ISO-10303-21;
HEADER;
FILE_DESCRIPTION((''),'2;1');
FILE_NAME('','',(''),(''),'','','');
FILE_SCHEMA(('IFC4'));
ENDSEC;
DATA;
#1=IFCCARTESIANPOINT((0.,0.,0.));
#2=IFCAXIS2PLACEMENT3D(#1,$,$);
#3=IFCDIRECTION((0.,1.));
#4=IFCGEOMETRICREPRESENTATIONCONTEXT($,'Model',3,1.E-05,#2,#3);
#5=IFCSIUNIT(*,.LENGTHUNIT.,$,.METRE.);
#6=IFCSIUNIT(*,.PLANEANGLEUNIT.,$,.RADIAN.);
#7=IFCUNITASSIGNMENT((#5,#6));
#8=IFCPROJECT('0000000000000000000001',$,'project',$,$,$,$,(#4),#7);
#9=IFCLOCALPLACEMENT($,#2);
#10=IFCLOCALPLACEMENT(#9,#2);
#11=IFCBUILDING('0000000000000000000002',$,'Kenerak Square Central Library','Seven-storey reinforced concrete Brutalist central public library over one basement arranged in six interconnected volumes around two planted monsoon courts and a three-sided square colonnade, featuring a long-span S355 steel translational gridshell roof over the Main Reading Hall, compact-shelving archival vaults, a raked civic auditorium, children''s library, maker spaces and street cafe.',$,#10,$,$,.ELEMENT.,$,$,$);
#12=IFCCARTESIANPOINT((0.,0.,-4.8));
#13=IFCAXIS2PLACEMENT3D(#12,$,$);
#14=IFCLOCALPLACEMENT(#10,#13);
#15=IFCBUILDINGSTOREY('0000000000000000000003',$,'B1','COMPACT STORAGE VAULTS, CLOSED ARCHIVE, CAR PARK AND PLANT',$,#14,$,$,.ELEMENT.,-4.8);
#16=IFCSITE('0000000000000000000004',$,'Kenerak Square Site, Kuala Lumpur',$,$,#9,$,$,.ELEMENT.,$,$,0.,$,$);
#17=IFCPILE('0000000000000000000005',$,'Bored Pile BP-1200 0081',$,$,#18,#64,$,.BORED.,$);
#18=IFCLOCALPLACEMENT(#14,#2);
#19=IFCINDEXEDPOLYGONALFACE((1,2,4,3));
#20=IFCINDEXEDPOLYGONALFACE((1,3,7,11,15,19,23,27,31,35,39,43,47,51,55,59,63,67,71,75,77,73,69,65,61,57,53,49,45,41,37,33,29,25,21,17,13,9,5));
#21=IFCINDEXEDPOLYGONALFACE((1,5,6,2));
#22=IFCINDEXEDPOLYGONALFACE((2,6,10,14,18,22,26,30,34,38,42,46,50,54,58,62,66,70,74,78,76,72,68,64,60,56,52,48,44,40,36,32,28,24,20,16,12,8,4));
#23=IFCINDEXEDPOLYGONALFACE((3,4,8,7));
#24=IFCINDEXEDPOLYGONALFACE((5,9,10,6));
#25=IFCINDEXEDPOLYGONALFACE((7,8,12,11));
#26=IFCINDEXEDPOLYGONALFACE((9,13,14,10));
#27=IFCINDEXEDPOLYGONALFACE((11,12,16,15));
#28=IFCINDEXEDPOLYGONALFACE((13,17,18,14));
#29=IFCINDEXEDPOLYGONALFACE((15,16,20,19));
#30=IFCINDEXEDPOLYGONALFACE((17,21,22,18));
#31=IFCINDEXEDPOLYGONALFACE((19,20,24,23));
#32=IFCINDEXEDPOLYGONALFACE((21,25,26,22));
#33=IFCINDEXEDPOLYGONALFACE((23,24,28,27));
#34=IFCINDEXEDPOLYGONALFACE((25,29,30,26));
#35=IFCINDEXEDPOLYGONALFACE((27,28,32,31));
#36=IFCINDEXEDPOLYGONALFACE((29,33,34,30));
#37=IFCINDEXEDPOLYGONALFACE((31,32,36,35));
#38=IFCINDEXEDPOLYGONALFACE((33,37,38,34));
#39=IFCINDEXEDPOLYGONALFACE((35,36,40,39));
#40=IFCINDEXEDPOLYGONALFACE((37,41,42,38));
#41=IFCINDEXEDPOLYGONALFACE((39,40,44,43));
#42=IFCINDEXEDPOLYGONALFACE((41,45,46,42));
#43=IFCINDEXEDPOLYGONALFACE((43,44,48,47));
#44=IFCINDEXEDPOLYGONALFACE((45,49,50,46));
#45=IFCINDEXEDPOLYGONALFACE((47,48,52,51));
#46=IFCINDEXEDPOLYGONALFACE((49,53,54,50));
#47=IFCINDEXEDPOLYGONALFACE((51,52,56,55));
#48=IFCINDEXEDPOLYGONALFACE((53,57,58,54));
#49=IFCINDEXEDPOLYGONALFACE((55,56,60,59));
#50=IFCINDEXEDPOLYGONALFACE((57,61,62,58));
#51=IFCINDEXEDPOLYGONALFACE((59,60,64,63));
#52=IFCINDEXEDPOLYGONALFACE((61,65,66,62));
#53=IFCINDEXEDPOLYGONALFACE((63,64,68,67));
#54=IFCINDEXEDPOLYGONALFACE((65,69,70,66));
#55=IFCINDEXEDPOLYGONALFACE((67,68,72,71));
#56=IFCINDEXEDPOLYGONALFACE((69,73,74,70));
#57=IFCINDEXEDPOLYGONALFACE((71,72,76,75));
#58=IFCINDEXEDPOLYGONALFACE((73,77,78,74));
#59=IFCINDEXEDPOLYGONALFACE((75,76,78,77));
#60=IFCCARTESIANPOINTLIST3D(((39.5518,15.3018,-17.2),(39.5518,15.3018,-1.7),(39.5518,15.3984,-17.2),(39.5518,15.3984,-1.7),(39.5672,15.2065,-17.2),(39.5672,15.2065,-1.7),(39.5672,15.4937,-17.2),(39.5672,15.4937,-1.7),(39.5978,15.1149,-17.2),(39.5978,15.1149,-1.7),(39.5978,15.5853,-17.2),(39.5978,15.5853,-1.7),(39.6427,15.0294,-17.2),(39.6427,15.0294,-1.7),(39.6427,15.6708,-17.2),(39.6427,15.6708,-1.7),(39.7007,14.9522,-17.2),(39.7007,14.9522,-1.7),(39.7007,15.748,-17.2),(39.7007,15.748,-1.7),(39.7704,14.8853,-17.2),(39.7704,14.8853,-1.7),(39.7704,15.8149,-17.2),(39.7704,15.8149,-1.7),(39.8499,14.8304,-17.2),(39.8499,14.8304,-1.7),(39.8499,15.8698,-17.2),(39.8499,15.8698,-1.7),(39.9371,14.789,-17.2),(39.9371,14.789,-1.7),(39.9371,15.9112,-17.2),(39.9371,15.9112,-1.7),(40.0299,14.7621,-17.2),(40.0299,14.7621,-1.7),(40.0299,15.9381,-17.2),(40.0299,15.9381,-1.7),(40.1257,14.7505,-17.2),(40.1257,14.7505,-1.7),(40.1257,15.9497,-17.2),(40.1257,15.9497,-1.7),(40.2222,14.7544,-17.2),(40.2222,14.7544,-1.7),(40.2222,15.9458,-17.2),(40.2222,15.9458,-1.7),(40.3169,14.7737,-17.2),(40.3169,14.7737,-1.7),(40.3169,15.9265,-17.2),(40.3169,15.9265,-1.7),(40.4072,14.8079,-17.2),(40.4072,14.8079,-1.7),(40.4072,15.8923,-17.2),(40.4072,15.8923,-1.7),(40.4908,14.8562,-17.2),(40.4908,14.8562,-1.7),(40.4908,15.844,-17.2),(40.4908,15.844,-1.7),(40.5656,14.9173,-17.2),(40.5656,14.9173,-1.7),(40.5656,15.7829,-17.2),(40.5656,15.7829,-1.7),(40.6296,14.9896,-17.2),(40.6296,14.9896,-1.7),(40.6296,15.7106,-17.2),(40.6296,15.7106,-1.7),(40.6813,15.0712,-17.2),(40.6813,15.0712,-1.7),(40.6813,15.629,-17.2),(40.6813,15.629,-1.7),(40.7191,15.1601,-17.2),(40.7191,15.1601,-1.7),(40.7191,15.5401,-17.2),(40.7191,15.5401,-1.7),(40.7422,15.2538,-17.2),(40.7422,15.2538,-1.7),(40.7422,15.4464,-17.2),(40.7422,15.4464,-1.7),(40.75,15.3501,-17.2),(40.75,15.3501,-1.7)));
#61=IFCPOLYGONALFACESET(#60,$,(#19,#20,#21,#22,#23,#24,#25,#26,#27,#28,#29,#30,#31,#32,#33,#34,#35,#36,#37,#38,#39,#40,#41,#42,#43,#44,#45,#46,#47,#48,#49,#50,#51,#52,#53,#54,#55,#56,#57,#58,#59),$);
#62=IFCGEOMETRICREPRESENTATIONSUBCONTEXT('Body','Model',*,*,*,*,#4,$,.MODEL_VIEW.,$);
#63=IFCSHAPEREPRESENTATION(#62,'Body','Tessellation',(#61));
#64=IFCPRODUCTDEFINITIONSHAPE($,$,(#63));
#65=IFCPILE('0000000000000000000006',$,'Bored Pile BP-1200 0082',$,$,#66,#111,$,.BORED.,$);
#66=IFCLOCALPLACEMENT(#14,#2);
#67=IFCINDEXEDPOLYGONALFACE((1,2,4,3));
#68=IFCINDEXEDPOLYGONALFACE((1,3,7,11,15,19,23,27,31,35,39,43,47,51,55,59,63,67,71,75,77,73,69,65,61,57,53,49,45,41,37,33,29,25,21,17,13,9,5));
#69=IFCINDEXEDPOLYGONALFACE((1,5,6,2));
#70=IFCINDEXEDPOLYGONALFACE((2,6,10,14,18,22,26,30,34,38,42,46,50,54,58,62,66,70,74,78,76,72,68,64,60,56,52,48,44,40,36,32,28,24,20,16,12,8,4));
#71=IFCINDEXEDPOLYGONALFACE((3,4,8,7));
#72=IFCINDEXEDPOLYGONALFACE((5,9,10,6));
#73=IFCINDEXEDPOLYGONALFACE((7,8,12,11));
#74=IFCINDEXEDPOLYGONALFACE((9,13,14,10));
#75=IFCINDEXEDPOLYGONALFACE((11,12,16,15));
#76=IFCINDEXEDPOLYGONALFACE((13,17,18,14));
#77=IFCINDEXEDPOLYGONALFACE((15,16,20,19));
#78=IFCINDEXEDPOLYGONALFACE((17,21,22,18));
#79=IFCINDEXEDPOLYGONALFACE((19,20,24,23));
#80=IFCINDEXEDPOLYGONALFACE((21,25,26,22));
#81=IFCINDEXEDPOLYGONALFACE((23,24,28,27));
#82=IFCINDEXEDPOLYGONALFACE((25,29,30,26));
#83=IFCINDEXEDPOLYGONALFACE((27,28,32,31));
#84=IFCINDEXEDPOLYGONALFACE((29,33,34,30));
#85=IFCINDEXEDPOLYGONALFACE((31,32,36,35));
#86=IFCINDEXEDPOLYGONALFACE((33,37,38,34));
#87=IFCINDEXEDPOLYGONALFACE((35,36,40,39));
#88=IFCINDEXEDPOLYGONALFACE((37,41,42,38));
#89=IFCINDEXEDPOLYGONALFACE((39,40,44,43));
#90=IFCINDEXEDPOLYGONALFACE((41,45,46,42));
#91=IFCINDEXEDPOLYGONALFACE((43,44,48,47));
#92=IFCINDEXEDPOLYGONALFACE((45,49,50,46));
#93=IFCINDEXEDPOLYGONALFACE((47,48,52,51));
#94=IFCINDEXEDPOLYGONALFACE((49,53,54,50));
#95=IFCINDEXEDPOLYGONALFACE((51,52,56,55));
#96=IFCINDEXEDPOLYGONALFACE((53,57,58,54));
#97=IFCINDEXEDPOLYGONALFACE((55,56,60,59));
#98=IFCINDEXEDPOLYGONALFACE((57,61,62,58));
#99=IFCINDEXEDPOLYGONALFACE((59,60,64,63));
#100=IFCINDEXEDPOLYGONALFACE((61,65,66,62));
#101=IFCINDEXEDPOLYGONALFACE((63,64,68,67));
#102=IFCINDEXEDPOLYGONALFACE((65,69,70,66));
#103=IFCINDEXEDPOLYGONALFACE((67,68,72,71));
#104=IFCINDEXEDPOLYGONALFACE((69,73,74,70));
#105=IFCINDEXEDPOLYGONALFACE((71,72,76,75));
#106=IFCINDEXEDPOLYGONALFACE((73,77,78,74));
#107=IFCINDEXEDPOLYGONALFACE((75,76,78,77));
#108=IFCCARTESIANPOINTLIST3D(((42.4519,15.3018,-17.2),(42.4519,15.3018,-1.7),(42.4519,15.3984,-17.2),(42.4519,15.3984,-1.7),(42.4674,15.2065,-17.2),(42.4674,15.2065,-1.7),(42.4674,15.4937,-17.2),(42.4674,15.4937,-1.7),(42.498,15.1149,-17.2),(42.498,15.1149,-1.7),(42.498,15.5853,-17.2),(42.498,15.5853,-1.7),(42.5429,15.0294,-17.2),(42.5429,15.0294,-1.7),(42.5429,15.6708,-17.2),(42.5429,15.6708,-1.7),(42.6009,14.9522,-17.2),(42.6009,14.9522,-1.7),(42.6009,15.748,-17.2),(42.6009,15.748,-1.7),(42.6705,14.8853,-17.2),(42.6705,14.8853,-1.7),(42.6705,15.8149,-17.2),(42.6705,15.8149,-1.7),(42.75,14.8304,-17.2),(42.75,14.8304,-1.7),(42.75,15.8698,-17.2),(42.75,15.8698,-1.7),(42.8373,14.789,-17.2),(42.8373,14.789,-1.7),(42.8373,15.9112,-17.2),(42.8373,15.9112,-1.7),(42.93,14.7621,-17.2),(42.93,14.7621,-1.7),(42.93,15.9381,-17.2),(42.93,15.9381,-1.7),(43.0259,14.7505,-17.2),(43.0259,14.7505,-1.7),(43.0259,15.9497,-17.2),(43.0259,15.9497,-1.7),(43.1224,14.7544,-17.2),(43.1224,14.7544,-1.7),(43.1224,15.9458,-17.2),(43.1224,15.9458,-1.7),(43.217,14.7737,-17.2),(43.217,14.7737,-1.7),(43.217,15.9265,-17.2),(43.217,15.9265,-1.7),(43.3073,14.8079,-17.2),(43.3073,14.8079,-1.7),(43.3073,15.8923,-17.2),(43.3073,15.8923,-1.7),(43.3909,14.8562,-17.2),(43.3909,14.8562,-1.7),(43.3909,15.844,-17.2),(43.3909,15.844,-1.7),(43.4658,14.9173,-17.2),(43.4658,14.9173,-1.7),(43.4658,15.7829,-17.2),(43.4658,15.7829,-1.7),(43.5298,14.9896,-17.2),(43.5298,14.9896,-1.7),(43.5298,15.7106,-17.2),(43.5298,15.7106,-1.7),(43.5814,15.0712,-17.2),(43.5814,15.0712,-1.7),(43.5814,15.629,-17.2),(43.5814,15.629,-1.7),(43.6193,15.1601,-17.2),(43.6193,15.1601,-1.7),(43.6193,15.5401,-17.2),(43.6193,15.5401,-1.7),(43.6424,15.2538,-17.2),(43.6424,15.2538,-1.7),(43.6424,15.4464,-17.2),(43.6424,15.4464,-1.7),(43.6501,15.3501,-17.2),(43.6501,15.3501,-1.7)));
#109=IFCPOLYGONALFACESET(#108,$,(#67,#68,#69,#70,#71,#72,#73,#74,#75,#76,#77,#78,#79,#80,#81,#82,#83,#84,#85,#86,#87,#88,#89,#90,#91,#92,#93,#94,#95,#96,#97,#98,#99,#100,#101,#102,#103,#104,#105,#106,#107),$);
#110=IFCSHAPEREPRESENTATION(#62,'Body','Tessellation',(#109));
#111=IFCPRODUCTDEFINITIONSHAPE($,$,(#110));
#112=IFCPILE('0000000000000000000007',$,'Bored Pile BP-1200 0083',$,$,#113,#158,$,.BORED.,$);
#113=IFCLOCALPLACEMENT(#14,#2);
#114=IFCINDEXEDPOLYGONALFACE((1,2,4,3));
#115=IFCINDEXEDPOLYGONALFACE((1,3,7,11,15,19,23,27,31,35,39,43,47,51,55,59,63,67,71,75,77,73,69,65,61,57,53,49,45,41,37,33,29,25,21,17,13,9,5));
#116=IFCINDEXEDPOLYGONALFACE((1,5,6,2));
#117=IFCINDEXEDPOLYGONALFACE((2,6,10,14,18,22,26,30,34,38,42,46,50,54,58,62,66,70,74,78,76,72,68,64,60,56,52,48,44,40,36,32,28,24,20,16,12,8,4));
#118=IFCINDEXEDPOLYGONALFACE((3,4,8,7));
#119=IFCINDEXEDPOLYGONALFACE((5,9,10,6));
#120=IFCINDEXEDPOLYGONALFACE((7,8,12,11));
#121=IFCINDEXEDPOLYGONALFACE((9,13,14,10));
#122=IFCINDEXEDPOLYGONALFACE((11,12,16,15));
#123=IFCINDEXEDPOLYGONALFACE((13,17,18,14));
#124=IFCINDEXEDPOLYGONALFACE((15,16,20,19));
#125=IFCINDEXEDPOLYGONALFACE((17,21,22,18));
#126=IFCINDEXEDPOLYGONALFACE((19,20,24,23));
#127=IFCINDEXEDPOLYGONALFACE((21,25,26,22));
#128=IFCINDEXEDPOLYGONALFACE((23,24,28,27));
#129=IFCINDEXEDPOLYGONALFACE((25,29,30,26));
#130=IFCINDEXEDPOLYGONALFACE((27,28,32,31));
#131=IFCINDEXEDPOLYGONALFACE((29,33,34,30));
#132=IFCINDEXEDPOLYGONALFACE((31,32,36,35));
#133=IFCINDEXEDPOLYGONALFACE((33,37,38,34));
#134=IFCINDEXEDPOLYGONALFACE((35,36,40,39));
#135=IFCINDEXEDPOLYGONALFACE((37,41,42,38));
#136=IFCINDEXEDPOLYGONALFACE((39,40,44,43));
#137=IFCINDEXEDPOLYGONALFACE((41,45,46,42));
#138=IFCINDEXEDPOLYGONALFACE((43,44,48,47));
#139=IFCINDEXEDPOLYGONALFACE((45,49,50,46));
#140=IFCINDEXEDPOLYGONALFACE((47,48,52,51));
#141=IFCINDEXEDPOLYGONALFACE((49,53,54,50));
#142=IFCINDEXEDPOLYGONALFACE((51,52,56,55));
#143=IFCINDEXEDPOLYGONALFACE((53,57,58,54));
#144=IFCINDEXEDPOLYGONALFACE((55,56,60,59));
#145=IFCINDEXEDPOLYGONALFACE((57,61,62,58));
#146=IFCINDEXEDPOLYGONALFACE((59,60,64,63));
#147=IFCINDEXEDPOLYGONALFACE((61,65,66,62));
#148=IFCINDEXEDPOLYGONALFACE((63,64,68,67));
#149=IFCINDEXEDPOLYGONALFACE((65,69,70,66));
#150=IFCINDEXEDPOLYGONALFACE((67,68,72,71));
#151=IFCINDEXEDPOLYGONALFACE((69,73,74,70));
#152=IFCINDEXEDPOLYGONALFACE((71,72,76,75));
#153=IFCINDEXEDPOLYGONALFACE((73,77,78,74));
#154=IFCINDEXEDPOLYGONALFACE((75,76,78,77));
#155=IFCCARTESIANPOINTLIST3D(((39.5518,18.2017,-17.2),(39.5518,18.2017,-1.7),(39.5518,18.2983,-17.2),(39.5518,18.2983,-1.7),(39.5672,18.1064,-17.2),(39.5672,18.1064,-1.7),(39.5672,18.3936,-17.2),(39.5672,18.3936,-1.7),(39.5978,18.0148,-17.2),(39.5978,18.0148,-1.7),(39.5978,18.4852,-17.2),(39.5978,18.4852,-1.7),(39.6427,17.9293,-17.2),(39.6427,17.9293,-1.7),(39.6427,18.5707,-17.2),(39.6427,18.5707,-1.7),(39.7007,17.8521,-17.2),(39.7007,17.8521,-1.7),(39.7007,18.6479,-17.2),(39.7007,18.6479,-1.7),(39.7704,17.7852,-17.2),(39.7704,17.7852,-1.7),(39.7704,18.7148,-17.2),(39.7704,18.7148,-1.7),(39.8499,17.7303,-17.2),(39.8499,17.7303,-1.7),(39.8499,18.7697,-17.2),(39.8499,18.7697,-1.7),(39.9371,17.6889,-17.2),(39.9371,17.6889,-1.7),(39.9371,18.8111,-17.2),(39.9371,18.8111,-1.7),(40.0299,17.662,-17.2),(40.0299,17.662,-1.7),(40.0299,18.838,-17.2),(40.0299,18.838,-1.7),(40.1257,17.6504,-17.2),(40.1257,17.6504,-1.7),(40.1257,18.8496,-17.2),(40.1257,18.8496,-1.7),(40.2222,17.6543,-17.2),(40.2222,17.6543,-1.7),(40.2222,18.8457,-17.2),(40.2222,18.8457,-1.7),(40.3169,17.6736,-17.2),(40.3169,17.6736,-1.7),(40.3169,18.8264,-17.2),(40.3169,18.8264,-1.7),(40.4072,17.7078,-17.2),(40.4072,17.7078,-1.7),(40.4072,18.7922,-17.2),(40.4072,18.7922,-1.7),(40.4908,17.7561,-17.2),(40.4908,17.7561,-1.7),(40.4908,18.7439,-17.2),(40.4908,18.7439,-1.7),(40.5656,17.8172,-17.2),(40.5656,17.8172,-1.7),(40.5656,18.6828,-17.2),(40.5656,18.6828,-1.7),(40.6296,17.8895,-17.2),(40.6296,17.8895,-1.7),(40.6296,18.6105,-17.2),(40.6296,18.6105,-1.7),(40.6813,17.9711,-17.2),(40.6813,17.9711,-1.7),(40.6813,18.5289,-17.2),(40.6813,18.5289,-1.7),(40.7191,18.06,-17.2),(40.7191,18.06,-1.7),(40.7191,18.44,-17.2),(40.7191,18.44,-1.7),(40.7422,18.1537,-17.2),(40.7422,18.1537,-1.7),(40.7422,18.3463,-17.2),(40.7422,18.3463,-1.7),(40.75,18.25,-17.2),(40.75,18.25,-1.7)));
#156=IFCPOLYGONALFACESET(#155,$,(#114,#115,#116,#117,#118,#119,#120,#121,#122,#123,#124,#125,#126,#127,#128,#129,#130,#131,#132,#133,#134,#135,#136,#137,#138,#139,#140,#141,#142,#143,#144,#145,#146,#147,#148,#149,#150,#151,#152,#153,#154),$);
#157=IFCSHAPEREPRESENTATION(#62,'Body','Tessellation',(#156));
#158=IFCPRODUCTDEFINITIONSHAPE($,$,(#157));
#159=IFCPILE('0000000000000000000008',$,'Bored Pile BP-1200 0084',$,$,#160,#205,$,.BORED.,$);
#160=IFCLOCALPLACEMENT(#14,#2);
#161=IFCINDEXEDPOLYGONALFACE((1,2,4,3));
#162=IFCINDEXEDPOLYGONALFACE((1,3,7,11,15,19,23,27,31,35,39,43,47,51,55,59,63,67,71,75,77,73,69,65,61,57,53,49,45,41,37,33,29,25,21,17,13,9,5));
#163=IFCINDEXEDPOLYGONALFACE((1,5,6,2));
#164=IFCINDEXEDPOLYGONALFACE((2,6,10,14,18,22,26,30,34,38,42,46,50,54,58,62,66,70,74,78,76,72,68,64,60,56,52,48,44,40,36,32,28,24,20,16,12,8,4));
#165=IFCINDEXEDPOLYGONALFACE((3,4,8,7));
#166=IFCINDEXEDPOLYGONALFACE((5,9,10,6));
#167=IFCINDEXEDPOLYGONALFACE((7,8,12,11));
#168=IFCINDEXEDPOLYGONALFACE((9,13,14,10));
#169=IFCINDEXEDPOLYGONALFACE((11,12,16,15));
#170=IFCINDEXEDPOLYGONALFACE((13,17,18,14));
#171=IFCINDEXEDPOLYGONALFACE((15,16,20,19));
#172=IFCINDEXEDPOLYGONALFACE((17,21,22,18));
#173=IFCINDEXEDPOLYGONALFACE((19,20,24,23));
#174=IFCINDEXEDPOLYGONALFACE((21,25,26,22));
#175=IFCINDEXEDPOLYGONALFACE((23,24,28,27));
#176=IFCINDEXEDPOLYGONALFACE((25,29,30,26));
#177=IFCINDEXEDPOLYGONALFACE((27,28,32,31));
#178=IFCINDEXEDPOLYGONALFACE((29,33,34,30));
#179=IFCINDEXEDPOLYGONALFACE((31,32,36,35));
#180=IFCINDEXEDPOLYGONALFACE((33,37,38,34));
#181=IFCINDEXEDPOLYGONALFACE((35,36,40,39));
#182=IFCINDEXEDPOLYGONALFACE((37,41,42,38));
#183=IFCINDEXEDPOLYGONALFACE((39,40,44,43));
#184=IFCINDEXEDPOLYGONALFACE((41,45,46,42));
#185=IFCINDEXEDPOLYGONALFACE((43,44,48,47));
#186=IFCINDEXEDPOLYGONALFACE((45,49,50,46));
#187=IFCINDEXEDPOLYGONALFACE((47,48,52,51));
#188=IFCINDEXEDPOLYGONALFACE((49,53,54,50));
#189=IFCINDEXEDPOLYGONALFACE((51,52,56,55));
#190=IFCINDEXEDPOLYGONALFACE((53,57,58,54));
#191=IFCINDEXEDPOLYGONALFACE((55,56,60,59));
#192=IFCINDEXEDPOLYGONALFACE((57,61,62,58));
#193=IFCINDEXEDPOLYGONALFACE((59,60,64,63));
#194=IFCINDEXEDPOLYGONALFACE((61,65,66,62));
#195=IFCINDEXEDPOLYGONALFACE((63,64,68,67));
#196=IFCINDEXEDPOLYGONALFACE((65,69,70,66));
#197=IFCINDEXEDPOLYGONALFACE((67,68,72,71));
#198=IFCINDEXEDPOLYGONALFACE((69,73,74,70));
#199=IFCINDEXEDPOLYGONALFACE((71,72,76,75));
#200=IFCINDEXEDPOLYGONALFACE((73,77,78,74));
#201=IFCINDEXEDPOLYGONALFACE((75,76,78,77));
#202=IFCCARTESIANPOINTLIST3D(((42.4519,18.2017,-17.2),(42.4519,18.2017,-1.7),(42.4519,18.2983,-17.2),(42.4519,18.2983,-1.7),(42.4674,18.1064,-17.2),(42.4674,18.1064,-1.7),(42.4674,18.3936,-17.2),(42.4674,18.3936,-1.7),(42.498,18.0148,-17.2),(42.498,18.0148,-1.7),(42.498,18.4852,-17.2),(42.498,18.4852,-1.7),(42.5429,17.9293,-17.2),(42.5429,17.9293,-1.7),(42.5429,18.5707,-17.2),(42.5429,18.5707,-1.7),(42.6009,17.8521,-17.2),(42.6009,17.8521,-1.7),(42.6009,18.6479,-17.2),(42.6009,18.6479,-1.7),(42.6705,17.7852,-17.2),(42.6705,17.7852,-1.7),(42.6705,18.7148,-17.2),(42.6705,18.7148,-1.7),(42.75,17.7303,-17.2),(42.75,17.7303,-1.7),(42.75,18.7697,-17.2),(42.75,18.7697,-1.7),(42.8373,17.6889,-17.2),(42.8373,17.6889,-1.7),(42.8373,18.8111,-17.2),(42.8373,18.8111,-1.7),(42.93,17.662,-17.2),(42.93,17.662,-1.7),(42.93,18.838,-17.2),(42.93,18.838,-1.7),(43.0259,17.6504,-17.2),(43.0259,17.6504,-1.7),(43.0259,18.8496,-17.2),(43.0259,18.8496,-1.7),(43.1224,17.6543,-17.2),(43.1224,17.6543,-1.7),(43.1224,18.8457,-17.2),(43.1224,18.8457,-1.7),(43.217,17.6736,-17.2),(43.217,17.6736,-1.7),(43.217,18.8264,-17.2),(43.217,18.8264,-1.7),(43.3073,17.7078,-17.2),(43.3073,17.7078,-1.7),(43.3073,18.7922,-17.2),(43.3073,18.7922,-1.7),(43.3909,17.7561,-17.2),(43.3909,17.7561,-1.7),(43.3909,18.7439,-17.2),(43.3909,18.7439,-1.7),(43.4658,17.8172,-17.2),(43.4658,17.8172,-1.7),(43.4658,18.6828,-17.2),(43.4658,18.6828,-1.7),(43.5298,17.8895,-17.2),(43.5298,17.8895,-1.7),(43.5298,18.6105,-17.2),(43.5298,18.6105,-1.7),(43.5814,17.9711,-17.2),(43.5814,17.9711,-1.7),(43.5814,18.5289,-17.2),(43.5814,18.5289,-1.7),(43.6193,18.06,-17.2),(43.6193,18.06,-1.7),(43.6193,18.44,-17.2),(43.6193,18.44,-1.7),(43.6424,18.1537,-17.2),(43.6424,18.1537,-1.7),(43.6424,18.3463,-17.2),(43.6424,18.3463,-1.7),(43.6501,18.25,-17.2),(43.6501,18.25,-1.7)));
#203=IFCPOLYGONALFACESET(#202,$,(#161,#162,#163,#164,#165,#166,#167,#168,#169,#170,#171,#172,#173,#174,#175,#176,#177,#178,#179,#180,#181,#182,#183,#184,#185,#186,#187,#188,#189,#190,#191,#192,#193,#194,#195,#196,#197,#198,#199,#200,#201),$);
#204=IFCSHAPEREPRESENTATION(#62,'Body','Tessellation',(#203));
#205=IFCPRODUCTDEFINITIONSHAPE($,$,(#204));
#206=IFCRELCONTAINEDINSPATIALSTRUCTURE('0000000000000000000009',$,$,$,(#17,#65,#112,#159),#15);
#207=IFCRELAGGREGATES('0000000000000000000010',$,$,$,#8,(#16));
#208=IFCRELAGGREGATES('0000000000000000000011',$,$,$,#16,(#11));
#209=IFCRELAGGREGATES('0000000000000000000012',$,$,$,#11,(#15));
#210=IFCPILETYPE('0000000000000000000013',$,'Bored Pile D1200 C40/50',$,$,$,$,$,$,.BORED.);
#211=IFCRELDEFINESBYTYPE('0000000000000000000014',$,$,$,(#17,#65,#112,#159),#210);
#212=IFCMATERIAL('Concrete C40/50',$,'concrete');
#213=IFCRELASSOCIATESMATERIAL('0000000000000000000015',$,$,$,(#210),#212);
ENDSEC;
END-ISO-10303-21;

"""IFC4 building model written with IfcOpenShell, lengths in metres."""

from ifc_helpers import new_model, si_unit, direction, frame, origin, origin_2d, place, context, subcontext, project, spatial, circle, extrude, material, material_profile, profile_set, type_object, element, save


model = new_model("IFC4")

# Units and contexts
model_context = context("Model", 3, precision=1e-05, world=origin(), true_north=direction((0.0, 1.0)))
body_context = subcontext(model_context, "Body", "Model", "MODEL_VIEW")
ifc_project = project(units=[si_unit("LENGTHUNIT", "METRE"), si_unit("PLANEANGLEUNIT", "RADIAN")], contexts=[model_context])

# Site, building, storey
site_placement = place(None, origin())
site = spatial("IfcSite", under=ifc_project, at=site_placement, Name="Kenerak Square Site, Kuala Lumpur", CompositionType="ELEMENT", RefElevation=0.0)
building_placement = place(site_placement, origin())
building = spatial("IfcBuilding", under=site, at=building_placement, Name="Kenerak Square Central Library", Description="Seven-storey reinforced concrete Brutalist central public library over one basement arranged in six interconnected volumes around two planted monsoon courts and a three-sided square colonnade, featuring a long-span S355 steel translational gridshell roof over the Main Reading Hall, compact-shelving archival vaults, a raked civic auditorium, children's library, maker spaces and street cafe.", CompositionType="ELEMENT")
storey_placement = place(building_placement, frame((0.0, 0.0, -4.8)))
storey = spatial("IfcBuildingStorey", under=building, at=storey_placement, Name="B1", Description="COMPACT STORAGE VAULTS, CLOSED ARCHIVE, CAR PARK AND PLANT", CompositionType="ELEMENT", Elevation=-4.8)

# Piles
ifc_material_1 = material(Name="Concrete C40/50", Category="concrete")
ifc_material_profile_1 = material_profile(ifc_material_1, circle(Radius=0.6001, at=origin_2d()), Name="BP D1200")
ifc_profile_set_1 = profile_set([ifc_material_profile_1], Name="Concrete C40/50")
pile_type = type_object("IfcPileType", Name="Bored Pile D1200 C40/50", PredefinedType="BORED", material=ifc_profile_set_1)
for number, where, z_axis, x_axis, name in (
    (1, (40.1499, 15.3501, -1.7), (0.0, 0.0, -1.0), (1.0, 0.0, 0.0), "Bored Pile BP-1200 0081"),
    (2, (43.05, 15.3501, -1.7), (0.0, 0.0, -1.0), (1.0, 0.0, 0.0), "Bored Pile BP-1200 0082"),
    (3, (40.1499, 18.25, -1.7), (0.0, 0.0, -1.0), (1.0, 0.0, 0.0), "Bored Pile BP-1200 0083"),
    (4, (43.05, 18.25, -1.7), (0.0, 0.0, -1.0), (1.0, 0.0, 0.0), "Bored Pile BP-1200 0084"),
):
    element("IfcPile", number, at=place(storey_placement, frame(where, z_axis=z_axis, x_axis=x_axis)), inside=storey, type_object=pile_type, Name=name, PredefinedType="BORED", context=body_context, shape_type="SweptSolid", body=[
        extrude(circle(Radius=0.6001, at=origin_2d()), origin(), (0.0, 0.0, 1.0), 15.5),
    ])

save(model, "model.ifc")
